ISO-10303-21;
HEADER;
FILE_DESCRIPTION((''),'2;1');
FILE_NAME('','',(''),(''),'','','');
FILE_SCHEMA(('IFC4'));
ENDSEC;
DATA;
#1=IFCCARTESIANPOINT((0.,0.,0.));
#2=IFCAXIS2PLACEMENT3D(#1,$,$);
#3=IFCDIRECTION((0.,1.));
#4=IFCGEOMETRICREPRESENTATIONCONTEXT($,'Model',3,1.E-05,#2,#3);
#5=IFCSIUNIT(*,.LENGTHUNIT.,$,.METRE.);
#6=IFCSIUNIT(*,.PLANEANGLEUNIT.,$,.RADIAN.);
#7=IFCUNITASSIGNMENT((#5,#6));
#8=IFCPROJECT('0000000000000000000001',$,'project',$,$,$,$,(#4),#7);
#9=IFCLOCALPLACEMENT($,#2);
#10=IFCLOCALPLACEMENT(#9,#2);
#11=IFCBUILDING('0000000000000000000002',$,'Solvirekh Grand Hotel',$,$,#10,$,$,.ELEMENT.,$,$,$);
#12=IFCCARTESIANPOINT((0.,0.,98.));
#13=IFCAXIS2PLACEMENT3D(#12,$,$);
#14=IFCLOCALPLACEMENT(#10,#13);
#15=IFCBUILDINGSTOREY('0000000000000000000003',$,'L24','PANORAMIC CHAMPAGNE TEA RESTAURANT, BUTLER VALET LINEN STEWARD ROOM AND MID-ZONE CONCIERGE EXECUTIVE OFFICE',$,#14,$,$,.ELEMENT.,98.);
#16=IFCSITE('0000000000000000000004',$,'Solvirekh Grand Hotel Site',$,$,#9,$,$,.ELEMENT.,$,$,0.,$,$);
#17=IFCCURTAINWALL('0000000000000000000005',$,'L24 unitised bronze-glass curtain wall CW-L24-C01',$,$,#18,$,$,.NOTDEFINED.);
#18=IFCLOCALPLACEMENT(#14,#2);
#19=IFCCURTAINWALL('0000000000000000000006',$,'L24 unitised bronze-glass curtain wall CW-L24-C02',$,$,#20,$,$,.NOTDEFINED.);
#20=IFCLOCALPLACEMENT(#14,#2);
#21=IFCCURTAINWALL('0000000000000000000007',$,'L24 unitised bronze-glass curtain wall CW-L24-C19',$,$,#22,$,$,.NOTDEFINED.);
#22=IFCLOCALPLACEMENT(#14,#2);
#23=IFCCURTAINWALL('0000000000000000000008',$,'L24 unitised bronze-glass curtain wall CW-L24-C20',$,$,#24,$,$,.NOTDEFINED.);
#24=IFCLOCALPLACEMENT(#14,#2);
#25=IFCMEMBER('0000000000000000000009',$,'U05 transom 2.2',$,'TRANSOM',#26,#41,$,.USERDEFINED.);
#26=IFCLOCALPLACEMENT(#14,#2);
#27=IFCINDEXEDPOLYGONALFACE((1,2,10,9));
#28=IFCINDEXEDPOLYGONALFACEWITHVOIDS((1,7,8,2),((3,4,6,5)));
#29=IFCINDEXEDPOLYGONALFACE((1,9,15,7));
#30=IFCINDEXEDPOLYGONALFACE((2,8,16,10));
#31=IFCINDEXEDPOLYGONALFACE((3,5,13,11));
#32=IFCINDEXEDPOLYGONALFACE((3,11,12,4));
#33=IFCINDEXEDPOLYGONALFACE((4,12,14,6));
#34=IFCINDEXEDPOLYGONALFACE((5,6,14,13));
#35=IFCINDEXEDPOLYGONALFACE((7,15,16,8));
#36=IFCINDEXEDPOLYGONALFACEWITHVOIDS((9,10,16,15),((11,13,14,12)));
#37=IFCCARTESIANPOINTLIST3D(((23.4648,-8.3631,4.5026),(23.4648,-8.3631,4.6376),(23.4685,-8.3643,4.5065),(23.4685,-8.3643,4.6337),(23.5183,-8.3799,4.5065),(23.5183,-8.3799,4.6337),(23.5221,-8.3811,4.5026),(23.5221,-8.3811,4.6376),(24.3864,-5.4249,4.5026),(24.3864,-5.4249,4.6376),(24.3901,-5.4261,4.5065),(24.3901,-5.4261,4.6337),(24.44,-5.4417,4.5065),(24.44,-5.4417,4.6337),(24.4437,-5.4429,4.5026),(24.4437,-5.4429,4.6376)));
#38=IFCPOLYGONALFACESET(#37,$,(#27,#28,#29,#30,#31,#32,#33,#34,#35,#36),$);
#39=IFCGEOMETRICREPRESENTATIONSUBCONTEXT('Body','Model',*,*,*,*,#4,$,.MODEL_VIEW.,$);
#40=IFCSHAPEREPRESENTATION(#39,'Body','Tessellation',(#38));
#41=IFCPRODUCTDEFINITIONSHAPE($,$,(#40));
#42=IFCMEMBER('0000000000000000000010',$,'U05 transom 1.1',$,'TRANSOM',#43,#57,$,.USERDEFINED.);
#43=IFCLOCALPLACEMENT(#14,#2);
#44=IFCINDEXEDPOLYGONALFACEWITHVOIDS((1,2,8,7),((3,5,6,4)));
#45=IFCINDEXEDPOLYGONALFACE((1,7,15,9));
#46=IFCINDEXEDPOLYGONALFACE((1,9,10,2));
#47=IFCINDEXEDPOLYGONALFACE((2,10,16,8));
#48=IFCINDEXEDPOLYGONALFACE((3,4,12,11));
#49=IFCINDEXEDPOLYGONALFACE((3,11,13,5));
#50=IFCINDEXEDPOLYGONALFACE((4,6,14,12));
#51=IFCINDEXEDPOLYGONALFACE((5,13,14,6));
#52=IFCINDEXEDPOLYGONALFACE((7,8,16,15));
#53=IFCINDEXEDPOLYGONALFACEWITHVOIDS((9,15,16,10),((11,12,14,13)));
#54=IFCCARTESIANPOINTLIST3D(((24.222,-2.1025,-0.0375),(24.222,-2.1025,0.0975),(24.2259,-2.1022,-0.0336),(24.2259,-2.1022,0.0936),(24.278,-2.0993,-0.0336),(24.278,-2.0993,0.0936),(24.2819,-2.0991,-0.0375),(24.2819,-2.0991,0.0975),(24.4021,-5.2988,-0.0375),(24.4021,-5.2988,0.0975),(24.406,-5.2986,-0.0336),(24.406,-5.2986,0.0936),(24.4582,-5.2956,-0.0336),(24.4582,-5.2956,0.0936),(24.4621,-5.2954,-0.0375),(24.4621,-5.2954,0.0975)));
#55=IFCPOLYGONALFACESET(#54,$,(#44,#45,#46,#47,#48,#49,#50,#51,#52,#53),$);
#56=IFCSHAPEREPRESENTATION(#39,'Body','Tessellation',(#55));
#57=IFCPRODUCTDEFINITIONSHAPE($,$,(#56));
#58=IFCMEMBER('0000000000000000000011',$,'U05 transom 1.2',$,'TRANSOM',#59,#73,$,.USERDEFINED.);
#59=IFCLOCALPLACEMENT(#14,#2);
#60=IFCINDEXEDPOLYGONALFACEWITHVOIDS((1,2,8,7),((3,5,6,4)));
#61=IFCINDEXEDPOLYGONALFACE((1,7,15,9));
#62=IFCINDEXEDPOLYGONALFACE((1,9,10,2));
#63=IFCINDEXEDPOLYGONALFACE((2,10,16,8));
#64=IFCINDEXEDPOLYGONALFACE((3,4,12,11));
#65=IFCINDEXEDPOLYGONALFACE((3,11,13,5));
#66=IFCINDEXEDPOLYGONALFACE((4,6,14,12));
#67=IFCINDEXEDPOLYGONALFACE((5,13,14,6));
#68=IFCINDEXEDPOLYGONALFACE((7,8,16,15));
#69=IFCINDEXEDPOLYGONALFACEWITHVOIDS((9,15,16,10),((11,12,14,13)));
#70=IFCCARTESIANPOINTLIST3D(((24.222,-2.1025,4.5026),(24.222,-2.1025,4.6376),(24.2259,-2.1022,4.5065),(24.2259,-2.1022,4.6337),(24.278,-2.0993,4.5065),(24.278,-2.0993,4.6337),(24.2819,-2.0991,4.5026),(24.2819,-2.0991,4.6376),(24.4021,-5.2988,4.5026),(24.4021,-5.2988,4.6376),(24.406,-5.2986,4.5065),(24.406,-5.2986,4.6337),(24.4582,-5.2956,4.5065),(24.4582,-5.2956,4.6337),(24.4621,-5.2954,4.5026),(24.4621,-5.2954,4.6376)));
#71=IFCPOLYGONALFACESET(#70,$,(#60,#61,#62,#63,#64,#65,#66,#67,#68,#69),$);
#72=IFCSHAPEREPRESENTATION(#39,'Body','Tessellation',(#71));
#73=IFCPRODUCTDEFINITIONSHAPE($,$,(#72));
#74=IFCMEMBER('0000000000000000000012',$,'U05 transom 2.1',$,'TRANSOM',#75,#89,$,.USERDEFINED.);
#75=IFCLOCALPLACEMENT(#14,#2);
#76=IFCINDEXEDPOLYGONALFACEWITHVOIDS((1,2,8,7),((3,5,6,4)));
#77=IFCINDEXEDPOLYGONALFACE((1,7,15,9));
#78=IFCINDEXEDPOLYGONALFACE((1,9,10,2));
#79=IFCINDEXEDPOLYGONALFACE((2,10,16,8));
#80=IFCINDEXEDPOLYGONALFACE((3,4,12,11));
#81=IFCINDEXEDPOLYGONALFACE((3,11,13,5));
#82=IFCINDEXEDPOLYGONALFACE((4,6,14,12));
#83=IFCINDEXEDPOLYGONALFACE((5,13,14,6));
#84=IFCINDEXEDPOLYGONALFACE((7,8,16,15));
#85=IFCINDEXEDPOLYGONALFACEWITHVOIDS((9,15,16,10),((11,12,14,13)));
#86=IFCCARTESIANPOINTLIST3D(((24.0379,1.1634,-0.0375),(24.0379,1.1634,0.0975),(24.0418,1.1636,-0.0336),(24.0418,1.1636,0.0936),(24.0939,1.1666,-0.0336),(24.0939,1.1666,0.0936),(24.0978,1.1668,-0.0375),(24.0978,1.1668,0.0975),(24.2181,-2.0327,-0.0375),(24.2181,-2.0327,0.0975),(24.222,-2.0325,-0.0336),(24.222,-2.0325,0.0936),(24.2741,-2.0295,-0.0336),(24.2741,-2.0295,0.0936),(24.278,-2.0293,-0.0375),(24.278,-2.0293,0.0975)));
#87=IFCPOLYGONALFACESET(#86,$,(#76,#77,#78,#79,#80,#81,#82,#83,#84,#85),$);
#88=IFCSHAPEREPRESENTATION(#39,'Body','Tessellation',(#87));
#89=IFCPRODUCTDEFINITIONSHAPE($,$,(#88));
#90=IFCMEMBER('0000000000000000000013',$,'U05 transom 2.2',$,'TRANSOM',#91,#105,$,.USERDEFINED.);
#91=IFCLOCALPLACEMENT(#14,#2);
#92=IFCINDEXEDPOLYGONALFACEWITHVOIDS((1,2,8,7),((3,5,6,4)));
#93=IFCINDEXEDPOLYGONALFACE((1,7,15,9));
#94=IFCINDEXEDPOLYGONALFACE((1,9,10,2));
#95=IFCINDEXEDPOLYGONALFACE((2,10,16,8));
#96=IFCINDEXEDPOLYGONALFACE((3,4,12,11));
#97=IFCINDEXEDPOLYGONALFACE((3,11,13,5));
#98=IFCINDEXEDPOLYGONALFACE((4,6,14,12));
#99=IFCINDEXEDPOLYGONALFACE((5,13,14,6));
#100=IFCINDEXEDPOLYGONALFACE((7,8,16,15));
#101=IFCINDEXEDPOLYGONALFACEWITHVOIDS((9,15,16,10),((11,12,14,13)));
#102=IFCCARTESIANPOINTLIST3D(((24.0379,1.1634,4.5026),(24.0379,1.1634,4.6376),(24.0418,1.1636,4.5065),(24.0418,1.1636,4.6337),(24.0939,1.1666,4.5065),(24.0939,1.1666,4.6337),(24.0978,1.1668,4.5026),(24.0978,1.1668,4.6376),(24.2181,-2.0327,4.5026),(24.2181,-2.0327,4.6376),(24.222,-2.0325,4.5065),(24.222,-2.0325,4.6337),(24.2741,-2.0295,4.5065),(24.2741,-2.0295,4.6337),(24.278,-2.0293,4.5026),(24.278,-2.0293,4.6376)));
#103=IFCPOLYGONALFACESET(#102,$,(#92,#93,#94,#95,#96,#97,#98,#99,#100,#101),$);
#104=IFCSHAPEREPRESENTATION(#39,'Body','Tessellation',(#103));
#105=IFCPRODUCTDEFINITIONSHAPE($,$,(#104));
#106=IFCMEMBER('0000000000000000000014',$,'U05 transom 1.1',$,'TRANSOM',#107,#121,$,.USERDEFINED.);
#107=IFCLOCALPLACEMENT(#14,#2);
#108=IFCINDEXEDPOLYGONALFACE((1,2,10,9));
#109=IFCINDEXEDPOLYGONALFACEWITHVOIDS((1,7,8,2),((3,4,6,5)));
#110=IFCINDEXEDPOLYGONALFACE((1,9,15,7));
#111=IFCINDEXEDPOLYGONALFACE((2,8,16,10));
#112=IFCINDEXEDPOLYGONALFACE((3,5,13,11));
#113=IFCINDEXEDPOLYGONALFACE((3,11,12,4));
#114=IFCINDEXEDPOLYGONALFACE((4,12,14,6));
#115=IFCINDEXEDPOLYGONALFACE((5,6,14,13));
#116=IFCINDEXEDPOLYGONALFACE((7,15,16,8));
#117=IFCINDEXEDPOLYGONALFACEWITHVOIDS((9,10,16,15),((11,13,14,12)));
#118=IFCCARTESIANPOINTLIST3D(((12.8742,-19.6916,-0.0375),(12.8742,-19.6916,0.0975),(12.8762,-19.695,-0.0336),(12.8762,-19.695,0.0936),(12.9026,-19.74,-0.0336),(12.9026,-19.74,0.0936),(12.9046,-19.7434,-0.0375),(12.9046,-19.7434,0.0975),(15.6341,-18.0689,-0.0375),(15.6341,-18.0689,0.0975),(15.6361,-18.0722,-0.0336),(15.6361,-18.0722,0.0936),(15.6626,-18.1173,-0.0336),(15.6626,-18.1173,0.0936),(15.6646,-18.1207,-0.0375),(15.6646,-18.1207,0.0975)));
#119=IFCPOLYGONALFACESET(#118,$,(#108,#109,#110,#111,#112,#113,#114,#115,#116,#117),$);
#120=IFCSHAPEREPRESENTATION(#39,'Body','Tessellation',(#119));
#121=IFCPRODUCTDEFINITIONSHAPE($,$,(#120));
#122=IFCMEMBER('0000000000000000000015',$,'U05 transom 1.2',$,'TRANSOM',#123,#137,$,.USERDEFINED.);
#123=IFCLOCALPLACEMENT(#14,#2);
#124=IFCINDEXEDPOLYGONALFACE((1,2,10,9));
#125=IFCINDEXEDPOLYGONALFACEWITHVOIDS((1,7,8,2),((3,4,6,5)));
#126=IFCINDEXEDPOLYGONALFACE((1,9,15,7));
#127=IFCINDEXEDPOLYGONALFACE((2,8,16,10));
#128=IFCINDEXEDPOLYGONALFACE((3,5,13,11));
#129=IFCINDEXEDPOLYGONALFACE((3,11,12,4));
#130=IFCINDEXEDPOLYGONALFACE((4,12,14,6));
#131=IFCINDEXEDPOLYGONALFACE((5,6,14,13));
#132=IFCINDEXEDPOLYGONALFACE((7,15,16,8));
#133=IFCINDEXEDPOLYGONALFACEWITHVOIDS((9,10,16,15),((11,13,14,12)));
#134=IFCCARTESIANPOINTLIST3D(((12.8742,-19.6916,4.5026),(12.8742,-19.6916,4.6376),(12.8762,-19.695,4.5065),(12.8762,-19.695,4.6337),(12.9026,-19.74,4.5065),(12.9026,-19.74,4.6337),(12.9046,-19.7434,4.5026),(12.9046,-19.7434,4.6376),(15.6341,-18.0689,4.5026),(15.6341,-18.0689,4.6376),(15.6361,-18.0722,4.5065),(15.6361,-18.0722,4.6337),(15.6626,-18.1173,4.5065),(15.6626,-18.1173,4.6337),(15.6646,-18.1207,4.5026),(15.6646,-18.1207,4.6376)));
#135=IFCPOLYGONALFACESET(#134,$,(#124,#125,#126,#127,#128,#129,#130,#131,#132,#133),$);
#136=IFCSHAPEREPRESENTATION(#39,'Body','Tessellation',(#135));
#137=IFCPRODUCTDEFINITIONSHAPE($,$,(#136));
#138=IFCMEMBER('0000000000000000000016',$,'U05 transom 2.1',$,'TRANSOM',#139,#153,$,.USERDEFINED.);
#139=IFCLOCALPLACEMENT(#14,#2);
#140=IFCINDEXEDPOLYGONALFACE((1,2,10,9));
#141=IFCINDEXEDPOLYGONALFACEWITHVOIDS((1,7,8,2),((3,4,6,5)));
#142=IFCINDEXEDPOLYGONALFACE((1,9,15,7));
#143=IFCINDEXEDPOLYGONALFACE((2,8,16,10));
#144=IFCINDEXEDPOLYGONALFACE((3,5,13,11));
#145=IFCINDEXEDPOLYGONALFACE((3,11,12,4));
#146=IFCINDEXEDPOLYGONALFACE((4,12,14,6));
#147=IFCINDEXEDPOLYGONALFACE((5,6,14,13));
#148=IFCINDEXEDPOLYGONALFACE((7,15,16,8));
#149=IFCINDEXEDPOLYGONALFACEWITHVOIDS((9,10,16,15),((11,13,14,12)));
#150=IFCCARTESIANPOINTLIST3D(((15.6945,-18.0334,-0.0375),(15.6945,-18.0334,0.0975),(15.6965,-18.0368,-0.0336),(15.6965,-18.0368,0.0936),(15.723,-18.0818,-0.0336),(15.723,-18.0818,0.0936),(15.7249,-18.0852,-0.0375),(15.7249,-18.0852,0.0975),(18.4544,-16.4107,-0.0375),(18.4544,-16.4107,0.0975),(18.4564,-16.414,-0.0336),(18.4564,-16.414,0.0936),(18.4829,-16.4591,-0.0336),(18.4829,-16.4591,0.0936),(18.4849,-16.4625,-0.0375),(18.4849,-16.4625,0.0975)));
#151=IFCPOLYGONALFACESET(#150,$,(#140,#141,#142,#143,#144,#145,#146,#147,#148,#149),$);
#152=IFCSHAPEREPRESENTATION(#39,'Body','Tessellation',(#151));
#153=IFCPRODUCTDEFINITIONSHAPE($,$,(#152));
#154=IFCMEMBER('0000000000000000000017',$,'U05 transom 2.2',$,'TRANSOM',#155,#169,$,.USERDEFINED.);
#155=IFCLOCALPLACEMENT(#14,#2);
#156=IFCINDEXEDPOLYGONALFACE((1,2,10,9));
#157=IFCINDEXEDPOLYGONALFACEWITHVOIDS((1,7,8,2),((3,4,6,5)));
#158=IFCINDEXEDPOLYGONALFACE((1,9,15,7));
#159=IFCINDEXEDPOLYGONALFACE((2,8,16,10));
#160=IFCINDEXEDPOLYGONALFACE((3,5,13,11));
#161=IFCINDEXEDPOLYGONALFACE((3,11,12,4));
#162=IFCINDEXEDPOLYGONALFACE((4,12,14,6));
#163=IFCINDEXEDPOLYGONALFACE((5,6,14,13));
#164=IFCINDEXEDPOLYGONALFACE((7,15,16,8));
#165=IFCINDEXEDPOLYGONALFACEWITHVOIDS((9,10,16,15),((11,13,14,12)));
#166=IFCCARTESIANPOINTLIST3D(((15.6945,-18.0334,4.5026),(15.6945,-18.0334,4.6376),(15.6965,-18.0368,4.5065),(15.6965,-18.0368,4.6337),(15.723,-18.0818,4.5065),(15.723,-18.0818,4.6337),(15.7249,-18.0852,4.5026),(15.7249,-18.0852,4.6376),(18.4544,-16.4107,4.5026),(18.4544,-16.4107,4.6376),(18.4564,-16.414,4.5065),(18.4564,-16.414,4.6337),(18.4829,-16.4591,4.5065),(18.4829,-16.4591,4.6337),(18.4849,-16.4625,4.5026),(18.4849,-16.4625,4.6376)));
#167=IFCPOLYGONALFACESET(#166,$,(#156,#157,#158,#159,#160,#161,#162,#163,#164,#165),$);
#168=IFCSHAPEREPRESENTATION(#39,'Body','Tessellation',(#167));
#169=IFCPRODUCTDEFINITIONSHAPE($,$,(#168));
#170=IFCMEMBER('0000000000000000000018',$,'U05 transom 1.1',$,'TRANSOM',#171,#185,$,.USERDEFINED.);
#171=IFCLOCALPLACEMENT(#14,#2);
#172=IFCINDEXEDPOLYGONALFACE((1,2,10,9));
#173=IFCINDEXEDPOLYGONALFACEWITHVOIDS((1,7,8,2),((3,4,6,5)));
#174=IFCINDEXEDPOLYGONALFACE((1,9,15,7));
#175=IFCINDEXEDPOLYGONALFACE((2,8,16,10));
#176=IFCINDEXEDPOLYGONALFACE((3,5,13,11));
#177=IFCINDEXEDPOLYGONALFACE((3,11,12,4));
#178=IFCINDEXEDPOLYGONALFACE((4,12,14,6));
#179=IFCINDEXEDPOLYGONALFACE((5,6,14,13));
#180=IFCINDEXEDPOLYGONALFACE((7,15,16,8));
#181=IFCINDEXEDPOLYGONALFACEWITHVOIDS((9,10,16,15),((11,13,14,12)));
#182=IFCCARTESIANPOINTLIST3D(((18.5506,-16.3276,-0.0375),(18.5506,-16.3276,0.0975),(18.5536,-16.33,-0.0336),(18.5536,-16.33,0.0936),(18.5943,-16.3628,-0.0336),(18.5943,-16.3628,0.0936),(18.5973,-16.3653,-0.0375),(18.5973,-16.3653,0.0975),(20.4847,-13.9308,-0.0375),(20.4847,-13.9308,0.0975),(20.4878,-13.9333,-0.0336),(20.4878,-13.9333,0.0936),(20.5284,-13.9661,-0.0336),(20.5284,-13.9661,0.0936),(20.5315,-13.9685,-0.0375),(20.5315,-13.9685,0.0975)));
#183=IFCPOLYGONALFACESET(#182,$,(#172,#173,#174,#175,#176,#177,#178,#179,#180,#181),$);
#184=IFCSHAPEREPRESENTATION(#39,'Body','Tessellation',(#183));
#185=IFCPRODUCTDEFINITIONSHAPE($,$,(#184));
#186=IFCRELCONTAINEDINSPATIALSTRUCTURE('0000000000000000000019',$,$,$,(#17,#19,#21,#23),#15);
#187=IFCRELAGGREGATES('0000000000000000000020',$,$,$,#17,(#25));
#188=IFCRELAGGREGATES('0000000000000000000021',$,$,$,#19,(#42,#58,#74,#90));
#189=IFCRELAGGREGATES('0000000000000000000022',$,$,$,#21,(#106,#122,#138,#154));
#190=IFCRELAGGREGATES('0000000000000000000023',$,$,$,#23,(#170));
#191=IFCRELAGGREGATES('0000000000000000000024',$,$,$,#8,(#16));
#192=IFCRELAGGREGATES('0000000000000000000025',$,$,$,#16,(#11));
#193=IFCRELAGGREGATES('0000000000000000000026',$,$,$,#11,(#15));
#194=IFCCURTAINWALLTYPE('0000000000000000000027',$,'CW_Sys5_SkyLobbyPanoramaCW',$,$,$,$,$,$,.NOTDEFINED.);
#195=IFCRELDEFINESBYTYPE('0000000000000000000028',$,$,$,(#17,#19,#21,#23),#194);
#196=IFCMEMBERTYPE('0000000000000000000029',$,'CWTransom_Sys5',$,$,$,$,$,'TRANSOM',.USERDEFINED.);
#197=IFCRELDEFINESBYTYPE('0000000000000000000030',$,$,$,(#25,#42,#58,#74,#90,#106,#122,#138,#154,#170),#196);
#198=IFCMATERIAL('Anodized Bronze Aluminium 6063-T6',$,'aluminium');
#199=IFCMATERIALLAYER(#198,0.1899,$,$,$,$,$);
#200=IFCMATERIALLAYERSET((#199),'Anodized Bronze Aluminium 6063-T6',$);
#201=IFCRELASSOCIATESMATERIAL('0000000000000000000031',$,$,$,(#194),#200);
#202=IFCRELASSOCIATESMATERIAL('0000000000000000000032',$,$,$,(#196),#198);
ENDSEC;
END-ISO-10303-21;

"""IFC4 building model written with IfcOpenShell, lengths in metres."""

from ifc_helpers import new_model, si_unit, direction, frame, origin, origin_2d, place, context, subcontext, project, spatial, hollow_rectangle, extrude, source, transform, mapped, material, layer, layer_set, material_profile, profile_set, type_object, element, aggregate, save


model = new_model("IFC4")

# Units and contexts
model_context = context("Model", 3, precision=1e-05, world=origin(), true_north=direction((0.0, 1.0)))
body_context = subcontext(model_context, "Body", "Model", "MODEL_VIEW")
ifc_project = project(units=[si_unit("LENGTHUNIT", "METRE"), si_unit("PLANEANGLEUNIT", "RADIAN")], contexts=[model_context])

# Site, building, storey
site_placement = place(None, origin())
site = spatial("IfcSite", under=ifc_project, at=site_placement, Name="Solvirekh Grand Hotel Site", CompositionType="ELEMENT", RefElevation=0.0)
building_placement = place(site_placement, origin())
building = spatial("IfcBuilding", under=site, at=building_placement, Name="Solvirekh Grand Hotel", CompositionType="ELEMENT")
storey_placement = place(building_placement, frame((0.0, 0.0, 98.0)))
storey = spatial("IfcBuildingStorey", under=building, at=storey_placement, Name="L24", Description="PANORAMIC CHAMPAGNE TEA RESTAURANT, BUTLER VALET LINEN STEWARD ROOM AND MID-ZONE CONCIERGE EXECUTIVE OFFICE", CompositionType="ELEMENT", Elevation=98.0)

# Curtain walls
ifc_material_1 = material(Name="Anodized Bronze Aluminium 6063-T6", Category="aluminium")
ifc_layer_1 = layer(ifc_material_1, 0.1899)
ifc_layer_set_1 = layer_set([ifc_layer_1], Name="Anodized Bronze Aluminium 6063-T6")
curtain_wall_type = type_object("IfcCurtainWallType", Name="CW_Sys5_SkyLobbyPanoramaCW", PredefinedType="NOTDEFINED", material=ifc_layer_set_1)
curtain_wall_1_placement = place(storey_placement, origin())
curtain_wall_1 = element("IfcCurtainWall", 1, at=curtain_wall_1_placement, inside=storey, type_object=curtain_wall_type, Name="L24 unitised bronze-glass curtain wall CW-L24-C01", PredefinedType="NOTDEFINED")
curtain_wall_2_placement = place(storey_placement, origin())
curtain_wall_2 = element("IfcCurtainWall", 2, at=curtain_wall_2_placement, inside=storey, type_object=curtain_wall_type, Name="L24 unitised bronze-glass curtain wall CW-L24-C02", PredefinedType="NOTDEFINED")

# Curtain walls
curtain_wall_3_placement = place(storey_placement, origin())
curtain_wall_3 = element("IfcCurtainWall", 3, at=curtain_wall_3_placement, inside=storey, type_object=curtain_wall_type, Name="L24 unitised bronze-glass curtain wall CW-L24-C19", PredefinedType="NOTDEFINED")
curtain_wall_4_placement = place(storey_placement, origin())
curtain_wall_4 = element("IfcCurtainWall", 4, at=curtain_wall_4_placement, inside=storey, type_object=curtain_wall_type, Name="L24 unitised bronze-glass curtain wall CW-L24-C20", PredefinedType="NOTDEFINED")

# Members
ifc_material_profile_1 = material_profile(ifc_material_1, hollow_rectangle(XDim=0.0601, YDim=0.135, WallThickness=0.0039, at=origin_2d()), Name="ALU RHS 135X60X4")
ifc_profile_set_1 = profile_set([ifc_material_profile_1], Name="Anodized Bronze Aluminium 6063-T6")
member_type_1 = type_object("IfcMemberType", Name="CWTransom_Sys5", ElementType="TRANSOM", PredefinedType="USERDEFINED", material=ifc_profile_set_1)
shared_shape_1 = source(origin(), body_context, "Body", "SweptSolid", [
    extrude(hollow_rectangle(XDim=0.0601, YDim=0.135, WallThickness=0.0039, at=origin_2d()), origin(), (0.0, 0.0, 1.0), 3.0793),
])
member_1_placement = place(storey_placement, frame((23.4934, -8.3721, 4.5701), z_axis=(0.299291, 0.954162, 0.0), x_axis=(-0.954162, 0.299291, 0.0)))
member_1 = element("IfcMember", 5, at=member_1_placement, type_object=member_type_1, Name="U05 transom 2.2", ObjectType="TRANSOM", PredefinedType="USERDEFINED", context=body_context, shape_type="MappedRepresentation", body=[
    mapped(shared_shape_1, transform((0.0, 0.0, 0.0), x_axis=(1.0, 0.0, 0.0), y_axis=(0.0, 1.0, 0.0), z_axis=(0.0, 0.0, 1.0), scale=1.0)),
])
shared_shape_2 = source(origin(), body_context, "Body", "SweptSolid", [
    extrude(hollow_rectangle(XDim=0.0601, YDim=0.135, WallThickness=0.0039, at=origin_2d()), origin(), (0.0, 0.0, 1.0), 3.2014),
])
member_2_placement = place(storey_placement, frame((24.4321, -5.2971, 0.03), z_axis=(-0.056281, 0.998415, 0.0), x_axis=(-0.998415, -0.056281, 0.0)))
member_2 = element("IfcMember", 6, at=member_2_placement, type_object=member_type_1, Name="U05 transom 1.1", ObjectType="TRANSOM", PredefinedType="USERDEFINED", context=body_context, shape_type="MappedRepresentation", body=[
    mapped(shared_shape_2, transform((0.0, 0.0, 0.0), x_axis=(1.0, 0.0, 0.0), y_axis=(0.0, 1.0, 0.0), z_axis=(0.0, 0.0, 1.0), scale=1.0)),
])
member_3_placement = place(storey_placement, frame((24.4321, -5.2971, 4.5701), z_axis=(-0.056281, 0.998415, 0.0), x_axis=(-0.998415, -0.056281, 0.0)))
member_3 = element("IfcMember", 7, at=member_3_placement, type_object=member_type_1, Name="U05 transom 1.2", ObjectType="TRANSOM", PredefinedType="USERDEFINED", context=body_context, shape_type="MappedRepresentation", body=[
    mapped(shared_shape_2, transform((0.0, 0.0, 0.0), x_axis=(1.0, 0.0, 0.0), y_axis=(0.0, 1.0, 0.0), z_axis=(0.0, 0.0, 1.0), scale=1.0)),
])
shared_shape_3 = source(origin(), body_context, "Body", "SweptSolid", [
    extrude(hollow_rectangle(XDim=0.0601, YDim=0.135, WallThickness=0.0039, at=origin_2d()), origin(), (0.0, 0.0, 1.0), 3.2012),
])
member_4_placement = place(storey_placement, frame((24.248, -2.031, 0.03), z_axis=(-0.056285, 0.998415, 0.0), x_axis=(-0.998415, -0.056285, 0.0)))
member_4 = element("IfcMember", 8, at=member_4_placement, type_object=member_type_1, Name="U05 transom 2.1", ObjectType="TRANSOM", PredefinedType="USERDEFINED", context=body_context, shape_type="MappedRepresentation", body=[
    mapped(shared_shape_3, transform((0.0, 0.0, 0.0), x_axis=(1.0, 0.0, 0.0), y_axis=(0.0, 1.0, 0.0), z_axis=(0.0, 0.0, 1.0), scale=1.0)),
])
member_5_placement = place(storey_placement, frame((24.248, -2.031, 4.5701), z_axis=(-0.056285, 0.998415, 0.0), x_axis=(-0.998415, -0.056285, 0.0)))
member_5 = element("IfcMember", 9, at=member_5_placement, type_object=member_type_1, Name="U05 transom 2.2", ObjectType="TRANSOM", PredefinedType="USERDEFINED", context=body_context, shape_type="MappedRepresentation", body=[
    mapped(shared_shape_3, transform((0.0, 0.0, 0.0), x_axis=(1.0, 0.0, 0.0), y_axis=(0.0, 1.0, 0.0), z_axis=(0.0, 0.0, 1.0), scale=1.0)),
])
shared_shape_4 = source(origin(), body_context, "Body", "SweptSolid", [
    extrude(hollow_rectangle(XDim=0.0601, YDim=0.135, WallThickness=0.0039, at=origin_2d()), origin(), (0.0, 0.0, 1.0), 3.2017),
])
member_6_placement = place(storey_placement, frame((12.8894, -19.7175, 0.03), z_axis=(0.862034, 0.50685, 0.0), x_axis=(-0.50685, 0.862034, 0.0)))
member_6 = element("IfcMember", 10, at=member_6_placement, type_object=member_type_1, Name="U05 transom 1.1", ObjectType="TRANSOM", PredefinedType="USERDEFINED", context=body_context, shape_type="MappedRepresentation", body=[
    mapped(shared_shape_4, transform((0.0, 0.0, 0.0), x_axis=(1.0, 0.0, 0.0), y_axis=(0.0, 1.0, 0.0), z_axis=(0.0, 0.0, 1.0), scale=1.0)),
])
member_7_placement = place(storey_placement, frame((12.8894, -19.7175, 4.5701), z_axis=(0.862034, 0.50685, 0.0), x_axis=(-0.50685, 0.862034, 0.0)))
member_7 = element("IfcMember", 11, at=member_7_placement, type_object=member_type_1, Name="U05 transom 1.2", ObjectType="TRANSOM", PredefinedType="USERDEFINED", context=body_context, shape_type="MappedRepresentation", body=[
    mapped(shared_shape_4, transform((0.0, 0.0, 0.0), x_axis=(1.0, 0.0, 0.0), y_axis=(0.0, 1.0, 0.0), z_axis=(0.0, 0.0, 1.0), scale=1.0)),
])
member_8_placement = place(storey_placement, frame((15.7097, -18.0593, 0.03), z_axis=(0.862034, 0.50685, 0.0), x_axis=(-0.50685, 0.862034, 0.0)))
member_8 = element("IfcMember", 12, at=member_8_placement, type_object=member_type_1, Name="U05 transom 2.1", ObjectType="TRANSOM", PredefinedType="USERDEFINED", context=body_context, shape_type="MappedRepresentation", body=[
    mapped(shared_shape_4, transform((0.0, 0.0, 0.0), x_axis=(1.0, 0.0, 0.0), y_axis=(0.0, 1.0, 0.0), z_axis=(0.0, 0.0, 1.0), scale=1.0)),
])
member_9_placement = place(storey_placement, frame((15.7097, -18.0593, 4.5701), z_axis=(0.862034, 0.50685, 0.0), x_axis=(-0.50685, 0.862034, 0.0)))
member_9 = element("IfcMember", 13, at=member_9_placement, type_object=member_type_1, Name="U05 transom 2.2", ObjectType="TRANSOM", PredefinedType="USERDEFINED", context=body_context, shape_type="MappedRepresentation", body=[
    mapped(shared_shape_4, transform((0.0, 0.0, 0.0), x_axis=(1.0, 0.0, 0.0), y_axis=(0.0, 1.0, 0.0), z_axis=(0.0, 0.0, 1.0), scale=1.0)),
])
shared_shape_5 = source(origin(), body_context, "Body", "SweptSolid", [
    extrude(hollow_rectangle(XDim=0.0601, YDim=0.135, WallThickness=0.0039, at=origin_2d()), origin(), (0.0, 0.0, 1.0), 3.0798),
])
member_10_placement = place(storey_placement, frame((18.574, -16.3464, 0.03), z_axis=(0.627996, 0.778217, 0.0), x_axis=(-0.778217, 0.627996, 0.0)))
member_10 = element("IfcMember", 14, at=member_10_placement, type_object=member_type_1, Name="U05 transom 1.1", ObjectType="TRANSOM", PredefinedType="USERDEFINED", context=body_context, shape_type="MappedRepresentation", body=[
    mapped(shared_shape_5, transform((0.0, 0.0, 0.0), x_axis=(1.0, 0.0, 0.0), y_axis=(0.0, 1.0, 0.0), z_axis=(0.0, 0.0, 1.0), scale=1.0)),
])

aggregate(curtain_wall_1, [member_1])
aggregate(curtain_wall_2, [member_2, member_3, member_4, member_5])
aggregate(curtain_wall_3, [member_6, member_7, member_8, member_9])
aggregate(curtain_wall_4, [member_10])

save(model, "model.ifc")
